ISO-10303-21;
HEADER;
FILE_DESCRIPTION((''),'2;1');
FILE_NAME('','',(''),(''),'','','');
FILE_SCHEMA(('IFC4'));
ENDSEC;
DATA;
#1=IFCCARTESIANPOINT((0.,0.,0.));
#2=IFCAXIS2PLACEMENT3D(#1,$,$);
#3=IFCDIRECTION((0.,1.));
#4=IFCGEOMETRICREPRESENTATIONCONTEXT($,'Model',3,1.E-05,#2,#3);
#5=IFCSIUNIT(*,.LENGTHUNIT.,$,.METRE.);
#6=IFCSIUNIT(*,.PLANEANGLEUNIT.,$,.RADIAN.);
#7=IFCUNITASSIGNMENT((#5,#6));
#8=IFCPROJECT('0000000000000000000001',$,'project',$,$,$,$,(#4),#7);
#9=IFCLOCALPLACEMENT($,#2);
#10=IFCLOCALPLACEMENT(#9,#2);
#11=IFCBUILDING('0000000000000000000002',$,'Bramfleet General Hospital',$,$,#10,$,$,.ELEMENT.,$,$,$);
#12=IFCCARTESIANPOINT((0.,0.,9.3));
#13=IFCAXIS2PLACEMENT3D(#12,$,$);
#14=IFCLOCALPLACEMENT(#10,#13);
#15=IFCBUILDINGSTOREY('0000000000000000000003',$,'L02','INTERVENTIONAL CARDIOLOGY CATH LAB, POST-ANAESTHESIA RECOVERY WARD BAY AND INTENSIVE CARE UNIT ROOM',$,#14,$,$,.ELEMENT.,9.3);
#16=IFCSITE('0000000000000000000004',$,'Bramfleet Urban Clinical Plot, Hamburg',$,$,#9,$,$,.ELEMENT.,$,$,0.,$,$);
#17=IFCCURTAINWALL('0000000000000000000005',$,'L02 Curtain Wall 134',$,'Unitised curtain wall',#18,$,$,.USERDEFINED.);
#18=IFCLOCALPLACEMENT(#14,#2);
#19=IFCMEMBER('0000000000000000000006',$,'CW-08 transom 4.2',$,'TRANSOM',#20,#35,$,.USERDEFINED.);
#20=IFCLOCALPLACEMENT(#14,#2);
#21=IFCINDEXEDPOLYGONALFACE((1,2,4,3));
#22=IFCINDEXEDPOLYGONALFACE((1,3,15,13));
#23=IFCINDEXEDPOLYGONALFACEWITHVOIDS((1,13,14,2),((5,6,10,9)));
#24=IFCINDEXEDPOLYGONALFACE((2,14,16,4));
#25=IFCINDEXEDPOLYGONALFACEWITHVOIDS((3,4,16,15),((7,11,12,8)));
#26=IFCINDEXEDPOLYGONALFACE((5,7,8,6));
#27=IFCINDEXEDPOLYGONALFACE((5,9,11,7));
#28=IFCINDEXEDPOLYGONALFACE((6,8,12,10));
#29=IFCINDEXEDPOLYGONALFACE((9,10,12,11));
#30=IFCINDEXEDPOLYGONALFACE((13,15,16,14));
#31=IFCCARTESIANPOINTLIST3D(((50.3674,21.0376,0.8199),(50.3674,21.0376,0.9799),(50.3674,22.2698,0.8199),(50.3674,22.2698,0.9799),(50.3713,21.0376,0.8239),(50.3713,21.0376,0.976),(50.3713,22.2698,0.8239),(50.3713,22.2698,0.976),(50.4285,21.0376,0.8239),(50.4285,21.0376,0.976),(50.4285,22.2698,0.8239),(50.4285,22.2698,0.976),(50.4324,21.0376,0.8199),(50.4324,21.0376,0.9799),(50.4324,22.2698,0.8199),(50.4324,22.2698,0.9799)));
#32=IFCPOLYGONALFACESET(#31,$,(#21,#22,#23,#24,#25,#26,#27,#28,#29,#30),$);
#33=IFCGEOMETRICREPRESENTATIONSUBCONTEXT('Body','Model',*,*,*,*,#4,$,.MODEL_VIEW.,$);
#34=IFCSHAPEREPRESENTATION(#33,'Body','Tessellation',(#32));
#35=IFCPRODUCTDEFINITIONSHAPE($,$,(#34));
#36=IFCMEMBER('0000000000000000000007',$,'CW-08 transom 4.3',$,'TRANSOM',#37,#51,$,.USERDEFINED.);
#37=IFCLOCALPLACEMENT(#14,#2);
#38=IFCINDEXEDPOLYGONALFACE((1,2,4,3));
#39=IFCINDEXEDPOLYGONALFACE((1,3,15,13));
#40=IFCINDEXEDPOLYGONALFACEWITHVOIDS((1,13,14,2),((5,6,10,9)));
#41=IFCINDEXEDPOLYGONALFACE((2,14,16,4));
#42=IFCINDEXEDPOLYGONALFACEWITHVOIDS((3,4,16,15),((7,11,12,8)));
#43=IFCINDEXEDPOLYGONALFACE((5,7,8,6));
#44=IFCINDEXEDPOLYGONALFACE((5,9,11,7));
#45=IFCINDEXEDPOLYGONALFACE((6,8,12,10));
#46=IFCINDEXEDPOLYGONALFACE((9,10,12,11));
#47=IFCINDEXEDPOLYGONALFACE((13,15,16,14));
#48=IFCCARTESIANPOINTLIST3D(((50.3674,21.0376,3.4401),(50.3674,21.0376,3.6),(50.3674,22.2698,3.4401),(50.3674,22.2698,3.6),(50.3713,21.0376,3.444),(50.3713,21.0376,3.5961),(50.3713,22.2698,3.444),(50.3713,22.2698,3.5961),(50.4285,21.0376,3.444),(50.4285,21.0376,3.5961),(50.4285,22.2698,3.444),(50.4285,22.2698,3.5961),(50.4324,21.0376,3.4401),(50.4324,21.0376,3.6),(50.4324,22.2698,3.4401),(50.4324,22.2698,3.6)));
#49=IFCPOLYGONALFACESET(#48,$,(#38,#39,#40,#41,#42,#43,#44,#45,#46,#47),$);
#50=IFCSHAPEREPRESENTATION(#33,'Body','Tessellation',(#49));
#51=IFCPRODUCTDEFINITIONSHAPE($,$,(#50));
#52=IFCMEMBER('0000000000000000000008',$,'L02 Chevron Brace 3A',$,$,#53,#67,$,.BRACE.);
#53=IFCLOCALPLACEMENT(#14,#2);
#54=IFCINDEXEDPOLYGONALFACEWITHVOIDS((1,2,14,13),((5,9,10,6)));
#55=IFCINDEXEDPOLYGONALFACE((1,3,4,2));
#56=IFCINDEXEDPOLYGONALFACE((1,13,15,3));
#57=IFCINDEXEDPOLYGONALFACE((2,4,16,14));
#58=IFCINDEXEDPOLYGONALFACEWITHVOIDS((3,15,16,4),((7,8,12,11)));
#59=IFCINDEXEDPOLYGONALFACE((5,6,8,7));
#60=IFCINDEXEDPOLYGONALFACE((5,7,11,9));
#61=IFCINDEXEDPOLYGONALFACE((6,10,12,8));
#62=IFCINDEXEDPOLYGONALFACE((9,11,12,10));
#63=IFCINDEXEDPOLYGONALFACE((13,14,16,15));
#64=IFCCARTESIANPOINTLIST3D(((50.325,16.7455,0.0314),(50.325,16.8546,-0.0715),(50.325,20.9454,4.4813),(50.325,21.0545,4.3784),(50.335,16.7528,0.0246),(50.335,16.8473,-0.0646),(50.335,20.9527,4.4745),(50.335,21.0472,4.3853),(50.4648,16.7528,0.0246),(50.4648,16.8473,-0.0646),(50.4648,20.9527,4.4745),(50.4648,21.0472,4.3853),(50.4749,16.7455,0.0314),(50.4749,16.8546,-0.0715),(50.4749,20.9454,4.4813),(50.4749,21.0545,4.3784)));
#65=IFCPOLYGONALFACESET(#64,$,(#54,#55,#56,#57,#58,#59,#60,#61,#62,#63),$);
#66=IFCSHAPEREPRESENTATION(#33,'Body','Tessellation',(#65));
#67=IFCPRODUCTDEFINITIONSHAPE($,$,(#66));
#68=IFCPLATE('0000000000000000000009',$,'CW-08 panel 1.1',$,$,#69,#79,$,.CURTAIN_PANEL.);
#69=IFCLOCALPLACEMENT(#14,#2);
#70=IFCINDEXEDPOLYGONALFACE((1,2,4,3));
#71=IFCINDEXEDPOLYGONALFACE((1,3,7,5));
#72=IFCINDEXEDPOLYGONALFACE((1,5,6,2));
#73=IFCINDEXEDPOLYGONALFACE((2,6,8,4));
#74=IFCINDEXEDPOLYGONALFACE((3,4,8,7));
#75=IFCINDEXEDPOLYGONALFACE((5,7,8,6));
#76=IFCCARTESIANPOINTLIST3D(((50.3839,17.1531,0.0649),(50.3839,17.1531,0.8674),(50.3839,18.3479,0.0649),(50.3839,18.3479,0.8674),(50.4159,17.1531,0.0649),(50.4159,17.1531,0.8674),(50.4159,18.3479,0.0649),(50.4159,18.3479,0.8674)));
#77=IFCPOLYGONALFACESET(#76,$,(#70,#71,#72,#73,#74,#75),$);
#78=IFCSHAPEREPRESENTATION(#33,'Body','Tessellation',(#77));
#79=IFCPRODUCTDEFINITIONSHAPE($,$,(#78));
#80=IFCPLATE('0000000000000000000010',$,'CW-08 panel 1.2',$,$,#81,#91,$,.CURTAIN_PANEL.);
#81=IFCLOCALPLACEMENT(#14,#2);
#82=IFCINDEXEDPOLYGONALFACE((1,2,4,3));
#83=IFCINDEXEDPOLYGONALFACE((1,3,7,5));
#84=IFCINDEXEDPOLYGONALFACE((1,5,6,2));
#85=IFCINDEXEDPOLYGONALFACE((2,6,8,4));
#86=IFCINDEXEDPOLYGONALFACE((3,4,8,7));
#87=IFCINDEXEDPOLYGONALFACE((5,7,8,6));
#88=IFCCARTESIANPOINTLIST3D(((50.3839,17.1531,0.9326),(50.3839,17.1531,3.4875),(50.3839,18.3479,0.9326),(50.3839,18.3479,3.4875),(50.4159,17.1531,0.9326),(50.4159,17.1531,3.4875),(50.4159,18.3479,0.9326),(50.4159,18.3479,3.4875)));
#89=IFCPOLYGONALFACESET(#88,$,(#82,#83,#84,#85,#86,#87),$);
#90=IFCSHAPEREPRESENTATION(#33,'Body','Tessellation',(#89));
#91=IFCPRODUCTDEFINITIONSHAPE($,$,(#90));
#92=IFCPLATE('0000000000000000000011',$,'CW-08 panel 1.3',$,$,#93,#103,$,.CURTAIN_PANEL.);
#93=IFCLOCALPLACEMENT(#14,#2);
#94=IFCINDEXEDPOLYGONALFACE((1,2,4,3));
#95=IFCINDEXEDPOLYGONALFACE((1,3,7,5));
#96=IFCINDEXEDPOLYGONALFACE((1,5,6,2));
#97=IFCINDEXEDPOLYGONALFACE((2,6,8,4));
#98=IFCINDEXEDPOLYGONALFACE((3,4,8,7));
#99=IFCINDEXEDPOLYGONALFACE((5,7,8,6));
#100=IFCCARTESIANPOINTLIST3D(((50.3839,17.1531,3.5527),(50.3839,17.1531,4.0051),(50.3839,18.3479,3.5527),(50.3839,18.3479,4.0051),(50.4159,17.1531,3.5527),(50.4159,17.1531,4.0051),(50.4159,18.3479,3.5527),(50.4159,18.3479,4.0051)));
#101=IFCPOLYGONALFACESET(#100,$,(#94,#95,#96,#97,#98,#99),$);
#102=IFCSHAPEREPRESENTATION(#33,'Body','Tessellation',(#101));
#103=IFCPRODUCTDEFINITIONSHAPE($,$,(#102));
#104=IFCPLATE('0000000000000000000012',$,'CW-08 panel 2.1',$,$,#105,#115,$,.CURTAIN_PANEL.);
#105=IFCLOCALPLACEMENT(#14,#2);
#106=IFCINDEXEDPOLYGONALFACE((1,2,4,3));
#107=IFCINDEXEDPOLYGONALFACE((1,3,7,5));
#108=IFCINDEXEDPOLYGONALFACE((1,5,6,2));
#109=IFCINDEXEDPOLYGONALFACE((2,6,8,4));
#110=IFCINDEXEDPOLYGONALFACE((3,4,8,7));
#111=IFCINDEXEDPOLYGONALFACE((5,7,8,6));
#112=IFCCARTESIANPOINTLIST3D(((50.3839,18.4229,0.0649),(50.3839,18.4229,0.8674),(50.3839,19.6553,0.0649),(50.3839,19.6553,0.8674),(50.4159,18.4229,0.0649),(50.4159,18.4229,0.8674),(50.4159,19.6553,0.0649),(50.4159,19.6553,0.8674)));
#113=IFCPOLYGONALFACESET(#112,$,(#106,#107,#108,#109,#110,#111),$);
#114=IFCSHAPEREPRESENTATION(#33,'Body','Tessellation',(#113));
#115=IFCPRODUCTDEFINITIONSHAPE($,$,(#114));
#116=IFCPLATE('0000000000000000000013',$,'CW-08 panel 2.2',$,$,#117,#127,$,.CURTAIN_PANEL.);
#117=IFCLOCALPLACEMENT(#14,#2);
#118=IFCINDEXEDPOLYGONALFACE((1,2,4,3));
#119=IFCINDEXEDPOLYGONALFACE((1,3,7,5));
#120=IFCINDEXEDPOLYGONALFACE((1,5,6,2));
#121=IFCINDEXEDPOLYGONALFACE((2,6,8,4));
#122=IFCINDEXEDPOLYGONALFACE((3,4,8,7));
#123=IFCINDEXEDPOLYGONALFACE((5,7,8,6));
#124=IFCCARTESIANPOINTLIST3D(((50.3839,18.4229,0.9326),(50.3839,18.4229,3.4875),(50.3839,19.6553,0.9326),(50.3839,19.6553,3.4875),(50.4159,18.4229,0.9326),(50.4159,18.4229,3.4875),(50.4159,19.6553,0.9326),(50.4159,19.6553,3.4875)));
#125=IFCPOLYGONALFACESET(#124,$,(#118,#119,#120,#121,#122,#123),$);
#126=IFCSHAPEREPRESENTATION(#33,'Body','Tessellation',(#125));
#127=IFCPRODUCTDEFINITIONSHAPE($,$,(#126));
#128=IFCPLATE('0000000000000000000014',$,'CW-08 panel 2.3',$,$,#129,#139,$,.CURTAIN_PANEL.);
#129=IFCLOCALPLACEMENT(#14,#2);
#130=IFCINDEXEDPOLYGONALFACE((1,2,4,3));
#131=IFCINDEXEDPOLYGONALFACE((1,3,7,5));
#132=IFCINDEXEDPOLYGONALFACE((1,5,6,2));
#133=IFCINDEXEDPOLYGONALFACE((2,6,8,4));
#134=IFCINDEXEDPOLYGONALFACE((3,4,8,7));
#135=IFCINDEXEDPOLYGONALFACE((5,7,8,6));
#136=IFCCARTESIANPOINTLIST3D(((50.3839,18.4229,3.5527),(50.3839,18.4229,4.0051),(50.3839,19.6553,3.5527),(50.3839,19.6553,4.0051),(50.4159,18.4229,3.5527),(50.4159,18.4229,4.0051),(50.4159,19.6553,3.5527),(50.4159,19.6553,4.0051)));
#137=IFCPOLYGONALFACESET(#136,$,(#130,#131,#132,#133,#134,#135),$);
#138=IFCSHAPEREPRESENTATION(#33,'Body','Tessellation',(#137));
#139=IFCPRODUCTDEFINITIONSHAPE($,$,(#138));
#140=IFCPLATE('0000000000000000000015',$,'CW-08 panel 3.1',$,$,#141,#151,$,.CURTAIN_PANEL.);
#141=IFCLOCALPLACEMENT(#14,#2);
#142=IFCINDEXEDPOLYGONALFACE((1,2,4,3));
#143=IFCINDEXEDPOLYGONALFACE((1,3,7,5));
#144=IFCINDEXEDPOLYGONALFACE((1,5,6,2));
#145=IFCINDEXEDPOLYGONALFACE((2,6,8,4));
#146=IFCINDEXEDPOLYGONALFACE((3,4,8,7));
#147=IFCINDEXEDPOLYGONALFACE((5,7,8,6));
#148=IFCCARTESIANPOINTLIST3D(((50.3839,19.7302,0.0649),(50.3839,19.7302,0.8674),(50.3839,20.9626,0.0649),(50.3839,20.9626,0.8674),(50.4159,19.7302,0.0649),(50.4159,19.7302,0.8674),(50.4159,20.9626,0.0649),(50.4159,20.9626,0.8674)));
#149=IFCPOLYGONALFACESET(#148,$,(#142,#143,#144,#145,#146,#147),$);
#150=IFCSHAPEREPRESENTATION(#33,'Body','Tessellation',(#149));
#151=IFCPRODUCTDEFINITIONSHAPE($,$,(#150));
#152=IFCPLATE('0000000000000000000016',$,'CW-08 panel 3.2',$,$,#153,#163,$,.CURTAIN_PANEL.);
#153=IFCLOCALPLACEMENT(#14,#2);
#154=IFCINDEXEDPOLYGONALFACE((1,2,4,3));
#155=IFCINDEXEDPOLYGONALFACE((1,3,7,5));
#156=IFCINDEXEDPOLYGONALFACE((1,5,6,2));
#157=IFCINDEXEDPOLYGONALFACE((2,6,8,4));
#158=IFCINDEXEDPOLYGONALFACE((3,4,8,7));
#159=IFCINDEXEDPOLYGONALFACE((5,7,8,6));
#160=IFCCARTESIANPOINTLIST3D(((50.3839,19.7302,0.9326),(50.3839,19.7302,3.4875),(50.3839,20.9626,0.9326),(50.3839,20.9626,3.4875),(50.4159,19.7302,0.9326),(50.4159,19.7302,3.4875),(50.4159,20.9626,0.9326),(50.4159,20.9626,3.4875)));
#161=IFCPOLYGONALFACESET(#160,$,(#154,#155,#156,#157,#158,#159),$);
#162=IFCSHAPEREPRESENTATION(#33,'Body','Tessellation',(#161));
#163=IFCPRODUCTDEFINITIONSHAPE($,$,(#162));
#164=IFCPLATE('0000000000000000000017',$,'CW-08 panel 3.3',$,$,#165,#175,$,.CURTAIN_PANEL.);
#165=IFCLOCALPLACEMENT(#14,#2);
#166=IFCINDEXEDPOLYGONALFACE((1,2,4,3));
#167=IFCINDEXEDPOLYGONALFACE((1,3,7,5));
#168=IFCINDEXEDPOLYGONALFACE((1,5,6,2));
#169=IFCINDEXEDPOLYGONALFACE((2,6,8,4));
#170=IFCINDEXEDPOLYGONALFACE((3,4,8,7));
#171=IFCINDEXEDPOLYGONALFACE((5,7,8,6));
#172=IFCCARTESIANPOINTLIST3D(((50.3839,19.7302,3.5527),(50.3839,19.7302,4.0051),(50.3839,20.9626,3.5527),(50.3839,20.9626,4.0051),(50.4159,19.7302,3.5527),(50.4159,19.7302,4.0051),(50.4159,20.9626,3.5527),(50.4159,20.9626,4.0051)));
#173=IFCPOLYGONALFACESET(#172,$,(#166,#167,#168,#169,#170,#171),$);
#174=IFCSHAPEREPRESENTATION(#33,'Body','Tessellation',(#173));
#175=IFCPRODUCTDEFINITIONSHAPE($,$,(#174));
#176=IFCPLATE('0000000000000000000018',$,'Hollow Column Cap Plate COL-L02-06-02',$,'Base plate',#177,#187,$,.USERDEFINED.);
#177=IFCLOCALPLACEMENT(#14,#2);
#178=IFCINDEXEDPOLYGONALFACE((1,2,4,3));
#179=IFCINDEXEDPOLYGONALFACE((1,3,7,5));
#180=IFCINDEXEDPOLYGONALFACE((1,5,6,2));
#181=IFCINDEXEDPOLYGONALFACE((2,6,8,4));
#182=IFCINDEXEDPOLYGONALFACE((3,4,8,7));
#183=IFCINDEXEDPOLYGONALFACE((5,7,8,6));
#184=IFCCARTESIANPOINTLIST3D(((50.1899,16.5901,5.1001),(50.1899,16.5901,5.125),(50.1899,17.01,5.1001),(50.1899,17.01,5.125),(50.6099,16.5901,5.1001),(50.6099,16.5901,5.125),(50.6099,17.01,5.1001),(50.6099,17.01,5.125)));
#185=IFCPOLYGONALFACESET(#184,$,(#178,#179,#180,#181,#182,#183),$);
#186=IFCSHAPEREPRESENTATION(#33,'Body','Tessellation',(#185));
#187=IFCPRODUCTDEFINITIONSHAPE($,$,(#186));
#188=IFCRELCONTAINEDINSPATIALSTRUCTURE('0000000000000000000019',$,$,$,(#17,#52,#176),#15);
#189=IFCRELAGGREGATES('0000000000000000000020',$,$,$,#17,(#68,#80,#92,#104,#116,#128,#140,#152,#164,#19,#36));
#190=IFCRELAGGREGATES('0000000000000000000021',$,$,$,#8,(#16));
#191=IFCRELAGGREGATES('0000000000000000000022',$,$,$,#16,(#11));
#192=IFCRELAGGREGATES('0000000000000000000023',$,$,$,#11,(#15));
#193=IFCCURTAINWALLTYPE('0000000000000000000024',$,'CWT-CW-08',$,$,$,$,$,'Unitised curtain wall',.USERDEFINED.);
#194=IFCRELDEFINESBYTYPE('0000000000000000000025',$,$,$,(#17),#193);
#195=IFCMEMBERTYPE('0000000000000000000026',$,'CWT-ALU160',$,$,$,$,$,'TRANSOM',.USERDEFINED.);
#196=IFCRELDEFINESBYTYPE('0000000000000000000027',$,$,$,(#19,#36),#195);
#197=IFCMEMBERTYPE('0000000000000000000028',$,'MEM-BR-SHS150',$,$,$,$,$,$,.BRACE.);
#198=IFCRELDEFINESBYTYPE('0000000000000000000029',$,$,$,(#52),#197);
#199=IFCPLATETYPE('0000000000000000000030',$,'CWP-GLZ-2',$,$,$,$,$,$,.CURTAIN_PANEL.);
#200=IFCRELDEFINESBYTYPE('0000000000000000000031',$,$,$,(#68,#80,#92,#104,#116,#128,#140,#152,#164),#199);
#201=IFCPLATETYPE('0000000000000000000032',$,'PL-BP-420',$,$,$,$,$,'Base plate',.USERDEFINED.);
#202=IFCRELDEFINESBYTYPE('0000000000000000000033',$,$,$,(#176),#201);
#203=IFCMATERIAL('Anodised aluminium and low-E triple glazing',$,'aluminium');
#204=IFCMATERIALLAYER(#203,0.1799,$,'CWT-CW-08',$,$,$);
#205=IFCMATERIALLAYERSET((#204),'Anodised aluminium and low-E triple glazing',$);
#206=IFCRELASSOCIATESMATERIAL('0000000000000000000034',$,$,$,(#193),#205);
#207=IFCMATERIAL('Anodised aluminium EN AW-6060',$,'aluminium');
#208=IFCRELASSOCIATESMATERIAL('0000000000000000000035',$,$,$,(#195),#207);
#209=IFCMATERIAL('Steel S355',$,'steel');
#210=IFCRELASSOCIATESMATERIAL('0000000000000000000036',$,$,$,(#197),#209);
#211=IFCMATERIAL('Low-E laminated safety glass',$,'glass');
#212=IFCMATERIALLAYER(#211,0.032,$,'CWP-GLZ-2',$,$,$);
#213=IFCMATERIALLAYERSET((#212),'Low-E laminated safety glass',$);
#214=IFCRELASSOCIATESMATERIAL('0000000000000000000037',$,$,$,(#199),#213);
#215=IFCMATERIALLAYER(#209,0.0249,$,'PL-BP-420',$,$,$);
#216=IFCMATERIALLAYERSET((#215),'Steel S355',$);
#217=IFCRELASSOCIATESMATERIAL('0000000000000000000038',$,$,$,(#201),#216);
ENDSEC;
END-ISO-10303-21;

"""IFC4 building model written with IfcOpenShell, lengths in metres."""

from ifc_helpers import new_model, si_unit, direction, frame, origin, origin_2d, place, context, subcontext, project, spatial, rectangle, hollow_rectangle, extrude, material, layer, layer_set, material_profile, profile_set, type_object, element, aggregate, save


model = new_model("IFC4")

# Units and contexts
model_context = context("Model", 3, precision=1e-05, world=origin(), true_north=direction((0.0, 1.0)))
body_context = subcontext(model_context, "Body", "Model", "MODEL_VIEW")
ifc_project = project(units=[si_unit("LENGTHUNIT", "METRE"), si_unit("PLANEANGLEUNIT", "RADIAN")], contexts=[model_context])

# Site, building, storey
site_placement = place(None, origin())
site = spatial("IfcSite", under=ifc_project, at=site_placement, Name="Bramfleet Urban Clinical Plot, Hamburg", CompositionType="ELEMENT", RefElevation=0.0)
building_placement = place(site_placement, origin())
building = spatial("IfcBuilding", under=site, at=building_placement, Name="Bramfleet General Hospital", CompositionType="ELEMENT")
storey_placement = place(building_placement, frame((0.0, 0.0, 9.3)))
storey = spatial("IfcBuildingStorey", under=building, at=storey_placement, Name="L02", Description="INTERVENTIONAL CARDIOLOGY CATH LAB, POST-ANAESTHESIA RECOVERY WARD BAY AND INTENSIVE CARE UNIT ROOM", CompositionType="ELEMENT", Elevation=9.3)

# Shared definitions
ifc_material_1 = material(Name="Steel S355", Category="steel")

# Curtain wall, members
ifc_material_2 = material(Name="Anodised aluminium and low-E triple glazing", Category="aluminium")
ifc_layer_1 = layer(ifc_material_2, 0.1799, Name="CWT-CW-08")
ifc_layer_set_1 = layer_set([ifc_layer_1], Name="Anodised aluminium and low-E triple glazing")
curtain_wall_type = type_object("IfcCurtainWallType", Name="CWT-CW-08", ElementType="Unitised curtain wall", PredefinedType="USERDEFINED", material=ifc_layer_set_1)
curtain_wall_placement = place(storey_placement, origin())
curtain_wall = element("IfcCurtainWall", 1, at=curtain_wall_placement, inside=storey, type_object=curtain_wall_type, Name="L02 Curtain Wall 134", ObjectType="Unitised curtain wall", PredefinedType="USERDEFINED")
ifc_material_3 = material(Name="Anodised aluminium EN AW-6060", Category="aluminium")
ifc_material_profile_1 = material_profile(ifc_material_3, hollow_rectangle(XDim=0.0649, YDim=0.1599, WallThickness=0.0039, at=origin_2d()), Name="ALU 160x65x4.0")
ifc_profile_set_1 = profile_set([ifc_material_profile_1], Name="Anodised aluminium EN AW-6060")
member_type_1 = type_object("IfcMemberType", Name="CWT-ALU160", ElementType="TRANSOM", PredefinedType="USERDEFINED", material=ifc_profile_set_1)
member_1_placement = place(storey_placement, frame((50.3999, 21.0376, 0.8999), z_axis=(0.0, 1.0, 0.0), x_axis=(-1.0, 0.0, 0.0)))
member_1 = element("IfcMember", 2, at=member_1_placement, type_object=member_type_1, Name="CW-08 transom 4.2", ObjectType="TRANSOM", PredefinedType="USERDEFINED", context=body_context, shape_type="SweptSolid", body=[
    extrude(hollow_rectangle(XDim=0.0649, YDim=0.1599, WallThickness=0.0039, at=origin_2d()), origin(), (0.0, 0.0, 1.0), 1.2322),
])
member_2_placement = place(storey_placement, frame((50.3999, 21.0376, 3.52), z_axis=(0.0, 1.0, 0.0), x_axis=(-1.0, 0.0, 0.0)))
member_2 = element("IfcMember", 3, at=member_2_placement, type_object=member_type_1, Name="CW-08 transom 4.3", ObjectType="TRANSOM", PredefinedType="USERDEFINED", context=body_context, shape_type="SweptSolid", body=[
    extrude(hollow_rectangle(XDim=0.0649, YDim=0.1599, WallThickness=0.0039, at=origin_2d()), origin(), (0.0, 0.0, 1.0), 1.2322),
])

# Member
ifc_material_profile_2 = material_profile(ifc_material_1, hollow_rectangle(XDim=0.1499, YDim=0.1499, WallThickness=0.01, at=origin_2d()), Name="SHS 150x150x10.0")
ifc_profile_set_2 = profile_set([ifc_material_profile_2], Name="Steel S355")
member_type_2 = type_object("IfcMemberType", Name="MEM-BR-SHS150", PredefinedType="BRACE", material=ifc_profile_set_2)
member_3_placement = place(storey_placement, frame((50.3999, 16.8, -0.02), z_axis=(0.0, 0.686383, 0.72724), x_axis=(-1.0, 0.0, 0.0)))
element("IfcMember", 4, at=member_3_placement, inside=storey, type_object=member_type_2, Name="L02 Chevron Brace 3A", PredefinedType="BRACE", context=body_context, shape_type="SweptSolid", body=[
    extrude(hollow_rectangle(XDim=0.1499, YDim=0.1499, WallThickness=0.01, at=origin_2d()), origin(), (0.0, 0.0, 1.0), 6.1189),
])

# Plates
ifc_material_4 = material(Name="Low-E laminated safety glass", Category="glass")
ifc_layer_2 = layer(ifc_material_4, 0.032, Name="CWP-GLZ-2")
ifc_layer_set_2 = layer_set([ifc_layer_2], Name="Low-E laminated safety glass")
plate_type_1 = type_object("IfcPlateType", Name="CWP-GLZ-2", PredefinedType="CURTAIN_PANEL", material=ifc_layer_set_2)
plate_1_placement = place(storey_placement, frame((50.3999, 17.7505, 0.0649), z_axis=(0.0, 0.0, 1.0), x_axis=(0.0, 1.0, 0.0)))
plate_1 = element("IfcPlate", 5, at=plate_1_placement, type_object=plate_type_1, Name="CW-08 panel 1.1", PredefinedType="CURTAIN_PANEL", context=body_context, shape_type="SweptSolid", body=[
    extrude(rectangle(XDim=1.1948, YDim=0.032, at=origin_2d()), origin(), (0.0, 0.0, 1.0), 0.8025),
])
plate_2_placement = place(storey_placement, frame((50.3999, 17.7505, 0.9326), z_axis=(0.0, 0.0, 1.0), x_axis=(0.0, 1.0, 0.0)))
plate_2 = element("IfcPlate", 6, at=plate_2_placement, type_object=plate_type_1, Name="CW-08 panel 1.2", PredefinedType="CURTAIN_PANEL", context=body_context, shape_type="SweptSolid", body=[
    extrude(rectangle(XDim=1.1948, YDim=0.032, at=origin_2d()), origin(), (0.0, 0.0, 1.0), 2.5549),
])
plate_3_placement = place(storey_placement, frame((50.3999, 17.7505, 3.5527), z_axis=(0.0, 0.0, 1.0), x_axis=(0.0, 1.0, 0.0)))
plate_3 = element("IfcPlate", 7, at=plate_3_placement, type_object=plate_type_1, Name="CW-08 panel 1.3", PredefinedType="CURTAIN_PANEL", context=body_context, shape_type="SweptSolid", body=[
    extrude(rectangle(XDim=1.1948, YDim=0.032, at=origin_2d()), origin(), (0.0, 0.0, 1.0), 0.4524),
])
plate_4_placement = place(storey_placement, frame((50.3999, 19.0391, 0.0649), z_axis=(0.0, 0.0, 1.0), x_axis=(0.0, 1.0, 0.0)))
plate_4 = element("IfcPlate", 8, at=plate_4_placement, type_object=plate_type_1, Name="CW-08 panel 2.1", PredefinedType="CURTAIN_PANEL", context=body_context, shape_type="SweptSolid", body=[
    extrude(rectangle(XDim=1.2324, YDim=0.032, at=origin_2d()), origin(), (0.0, 0.0, 1.0), 0.8025),
])
plate_5_placement = place(storey_placement, frame((50.3999, 19.0391, 0.9326), z_axis=(0.0, 0.0, 1.0), x_axis=(0.0, 1.0, 0.0)))
plate_5 = element("IfcPlate", 9, at=plate_5_placement, type_object=plate_type_1, Name="CW-08 panel 2.2", PredefinedType="CURTAIN_PANEL", context=body_context, shape_type="SweptSolid", body=[
    extrude(rectangle(XDim=1.2324, YDim=0.032, at=origin_2d()), origin(), (0.0, 0.0, 1.0), 2.5549),
])
plate_6_placement = place(storey_placement, frame((50.3999, 19.0391, 3.5527), z_axis=(0.0, 0.0, 1.0), x_axis=(0.0, 1.0, 0.0)))
plate_6 = element("IfcPlate", 10, at=plate_6_placement, type_object=plate_type_1, Name="CW-08 panel 2.3", PredefinedType="CURTAIN_PANEL", context=body_context, shape_type="SweptSolid", body=[
    extrude(rectangle(XDim=1.2324, YDim=0.032, at=origin_2d()), origin(), (0.0, 0.0, 1.0), 0.4524),
])
plate_7_placement = place(storey_placement, frame((50.3999, 20.3464, 0.0649), z_axis=(0.0, 0.0, 1.0), x_axis=(0.0, 1.0, 0.0)))
plate_7 = element("IfcPlate", 11, at=plate_7_placement, type_object=plate_type_1, Name="CW-08 panel 3.1", PredefinedType="CURTAIN_PANEL", context=body_context, shape_type="SweptSolid", body=[
    extrude(rectangle(XDim=1.2324, YDim=0.032, at=origin_2d()), origin(), (0.0, 0.0, 1.0), 0.8025),
])
plate_8_placement = place(storey_placement, frame((50.3999, 20.3464, 0.9326), z_axis=(0.0, 0.0, 1.0), x_axis=(0.0, 1.0, 0.0)))
plate_8 = element("IfcPlate", 12, at=plate_8_placement, type_object=plate_type_1, Name="CW-08 panel 3.2", PredefinedType="CURTAIN_PANEL", context=body_context, shape_type="SweptSolid", body=[
    extrude(rectangle(XDim=1.2324, YDim=0.032, at=origin_2d()), origin(), (0.0, 0.0, 1.0), 2.5549),
])
plate_9_placement = place(storey_placement, frame((50.3999, 20.3464, 3.5527), z_axis=(0.0, 0.0, 1.0), x_axis=(0.0, 1.0, 0.0)))
plate_9 = element("IfcPlate", 13, at=plate_9_placement, type_object=plate_type_1, Name="CW-08 panel 3.3", PredefinedType="CURTAIN_PANEL", context=body_context, shape_type="SweptSolid", body=[
    extrude(rectangle(XDim=1.2324, YDim=0.032, at=origin_2d()), origin(), (0.0, 0.0, 1.0), 0.4524),
])
aggregate(curtain_wall, [plate_1, plate_2, plate_3, plate_4, plate_5, plate_6, plate_7, plate_8, plate_9, member_1, member_2])

# Plate
ifc_layer_3 = layer(ifc_material_1, 0.0249, Name="PL-BP-420")
ifc_layer_set_3 = layer_set([ifc_layer_3], Name="Steel S355")
plate_type_2 = type_object("IfcPlateType", Name="PL-BP-420", ElementType="Base plate", PredefinedType="USERDEFINED", material=ifc_layer_set_3)
plate_10_placement = place(storey_placement, frame((50.3999, 16.8, 5.1001), z_axis=(0.0, 0.0, 1.0), x_axis=(1.0, 0.0, 0.0)))
element("IfcPlate", 14, at=plate_10_placement, inside=storey, type_object=plate_type_2, Name="Hollow Column Cap Plate COL-L02-06-02", ObjectType="Base plate", PredefinedType="USERDEFINED", context=body_context, shape_type="SweptSolid", body=[
    extrude(rectangle(XDim=0.4199, YDim=0.4199, at=origin_2d()), origin(), (0.0, 0.0, 1.0), 0.0249),
])

save(model, "model.ifc")
